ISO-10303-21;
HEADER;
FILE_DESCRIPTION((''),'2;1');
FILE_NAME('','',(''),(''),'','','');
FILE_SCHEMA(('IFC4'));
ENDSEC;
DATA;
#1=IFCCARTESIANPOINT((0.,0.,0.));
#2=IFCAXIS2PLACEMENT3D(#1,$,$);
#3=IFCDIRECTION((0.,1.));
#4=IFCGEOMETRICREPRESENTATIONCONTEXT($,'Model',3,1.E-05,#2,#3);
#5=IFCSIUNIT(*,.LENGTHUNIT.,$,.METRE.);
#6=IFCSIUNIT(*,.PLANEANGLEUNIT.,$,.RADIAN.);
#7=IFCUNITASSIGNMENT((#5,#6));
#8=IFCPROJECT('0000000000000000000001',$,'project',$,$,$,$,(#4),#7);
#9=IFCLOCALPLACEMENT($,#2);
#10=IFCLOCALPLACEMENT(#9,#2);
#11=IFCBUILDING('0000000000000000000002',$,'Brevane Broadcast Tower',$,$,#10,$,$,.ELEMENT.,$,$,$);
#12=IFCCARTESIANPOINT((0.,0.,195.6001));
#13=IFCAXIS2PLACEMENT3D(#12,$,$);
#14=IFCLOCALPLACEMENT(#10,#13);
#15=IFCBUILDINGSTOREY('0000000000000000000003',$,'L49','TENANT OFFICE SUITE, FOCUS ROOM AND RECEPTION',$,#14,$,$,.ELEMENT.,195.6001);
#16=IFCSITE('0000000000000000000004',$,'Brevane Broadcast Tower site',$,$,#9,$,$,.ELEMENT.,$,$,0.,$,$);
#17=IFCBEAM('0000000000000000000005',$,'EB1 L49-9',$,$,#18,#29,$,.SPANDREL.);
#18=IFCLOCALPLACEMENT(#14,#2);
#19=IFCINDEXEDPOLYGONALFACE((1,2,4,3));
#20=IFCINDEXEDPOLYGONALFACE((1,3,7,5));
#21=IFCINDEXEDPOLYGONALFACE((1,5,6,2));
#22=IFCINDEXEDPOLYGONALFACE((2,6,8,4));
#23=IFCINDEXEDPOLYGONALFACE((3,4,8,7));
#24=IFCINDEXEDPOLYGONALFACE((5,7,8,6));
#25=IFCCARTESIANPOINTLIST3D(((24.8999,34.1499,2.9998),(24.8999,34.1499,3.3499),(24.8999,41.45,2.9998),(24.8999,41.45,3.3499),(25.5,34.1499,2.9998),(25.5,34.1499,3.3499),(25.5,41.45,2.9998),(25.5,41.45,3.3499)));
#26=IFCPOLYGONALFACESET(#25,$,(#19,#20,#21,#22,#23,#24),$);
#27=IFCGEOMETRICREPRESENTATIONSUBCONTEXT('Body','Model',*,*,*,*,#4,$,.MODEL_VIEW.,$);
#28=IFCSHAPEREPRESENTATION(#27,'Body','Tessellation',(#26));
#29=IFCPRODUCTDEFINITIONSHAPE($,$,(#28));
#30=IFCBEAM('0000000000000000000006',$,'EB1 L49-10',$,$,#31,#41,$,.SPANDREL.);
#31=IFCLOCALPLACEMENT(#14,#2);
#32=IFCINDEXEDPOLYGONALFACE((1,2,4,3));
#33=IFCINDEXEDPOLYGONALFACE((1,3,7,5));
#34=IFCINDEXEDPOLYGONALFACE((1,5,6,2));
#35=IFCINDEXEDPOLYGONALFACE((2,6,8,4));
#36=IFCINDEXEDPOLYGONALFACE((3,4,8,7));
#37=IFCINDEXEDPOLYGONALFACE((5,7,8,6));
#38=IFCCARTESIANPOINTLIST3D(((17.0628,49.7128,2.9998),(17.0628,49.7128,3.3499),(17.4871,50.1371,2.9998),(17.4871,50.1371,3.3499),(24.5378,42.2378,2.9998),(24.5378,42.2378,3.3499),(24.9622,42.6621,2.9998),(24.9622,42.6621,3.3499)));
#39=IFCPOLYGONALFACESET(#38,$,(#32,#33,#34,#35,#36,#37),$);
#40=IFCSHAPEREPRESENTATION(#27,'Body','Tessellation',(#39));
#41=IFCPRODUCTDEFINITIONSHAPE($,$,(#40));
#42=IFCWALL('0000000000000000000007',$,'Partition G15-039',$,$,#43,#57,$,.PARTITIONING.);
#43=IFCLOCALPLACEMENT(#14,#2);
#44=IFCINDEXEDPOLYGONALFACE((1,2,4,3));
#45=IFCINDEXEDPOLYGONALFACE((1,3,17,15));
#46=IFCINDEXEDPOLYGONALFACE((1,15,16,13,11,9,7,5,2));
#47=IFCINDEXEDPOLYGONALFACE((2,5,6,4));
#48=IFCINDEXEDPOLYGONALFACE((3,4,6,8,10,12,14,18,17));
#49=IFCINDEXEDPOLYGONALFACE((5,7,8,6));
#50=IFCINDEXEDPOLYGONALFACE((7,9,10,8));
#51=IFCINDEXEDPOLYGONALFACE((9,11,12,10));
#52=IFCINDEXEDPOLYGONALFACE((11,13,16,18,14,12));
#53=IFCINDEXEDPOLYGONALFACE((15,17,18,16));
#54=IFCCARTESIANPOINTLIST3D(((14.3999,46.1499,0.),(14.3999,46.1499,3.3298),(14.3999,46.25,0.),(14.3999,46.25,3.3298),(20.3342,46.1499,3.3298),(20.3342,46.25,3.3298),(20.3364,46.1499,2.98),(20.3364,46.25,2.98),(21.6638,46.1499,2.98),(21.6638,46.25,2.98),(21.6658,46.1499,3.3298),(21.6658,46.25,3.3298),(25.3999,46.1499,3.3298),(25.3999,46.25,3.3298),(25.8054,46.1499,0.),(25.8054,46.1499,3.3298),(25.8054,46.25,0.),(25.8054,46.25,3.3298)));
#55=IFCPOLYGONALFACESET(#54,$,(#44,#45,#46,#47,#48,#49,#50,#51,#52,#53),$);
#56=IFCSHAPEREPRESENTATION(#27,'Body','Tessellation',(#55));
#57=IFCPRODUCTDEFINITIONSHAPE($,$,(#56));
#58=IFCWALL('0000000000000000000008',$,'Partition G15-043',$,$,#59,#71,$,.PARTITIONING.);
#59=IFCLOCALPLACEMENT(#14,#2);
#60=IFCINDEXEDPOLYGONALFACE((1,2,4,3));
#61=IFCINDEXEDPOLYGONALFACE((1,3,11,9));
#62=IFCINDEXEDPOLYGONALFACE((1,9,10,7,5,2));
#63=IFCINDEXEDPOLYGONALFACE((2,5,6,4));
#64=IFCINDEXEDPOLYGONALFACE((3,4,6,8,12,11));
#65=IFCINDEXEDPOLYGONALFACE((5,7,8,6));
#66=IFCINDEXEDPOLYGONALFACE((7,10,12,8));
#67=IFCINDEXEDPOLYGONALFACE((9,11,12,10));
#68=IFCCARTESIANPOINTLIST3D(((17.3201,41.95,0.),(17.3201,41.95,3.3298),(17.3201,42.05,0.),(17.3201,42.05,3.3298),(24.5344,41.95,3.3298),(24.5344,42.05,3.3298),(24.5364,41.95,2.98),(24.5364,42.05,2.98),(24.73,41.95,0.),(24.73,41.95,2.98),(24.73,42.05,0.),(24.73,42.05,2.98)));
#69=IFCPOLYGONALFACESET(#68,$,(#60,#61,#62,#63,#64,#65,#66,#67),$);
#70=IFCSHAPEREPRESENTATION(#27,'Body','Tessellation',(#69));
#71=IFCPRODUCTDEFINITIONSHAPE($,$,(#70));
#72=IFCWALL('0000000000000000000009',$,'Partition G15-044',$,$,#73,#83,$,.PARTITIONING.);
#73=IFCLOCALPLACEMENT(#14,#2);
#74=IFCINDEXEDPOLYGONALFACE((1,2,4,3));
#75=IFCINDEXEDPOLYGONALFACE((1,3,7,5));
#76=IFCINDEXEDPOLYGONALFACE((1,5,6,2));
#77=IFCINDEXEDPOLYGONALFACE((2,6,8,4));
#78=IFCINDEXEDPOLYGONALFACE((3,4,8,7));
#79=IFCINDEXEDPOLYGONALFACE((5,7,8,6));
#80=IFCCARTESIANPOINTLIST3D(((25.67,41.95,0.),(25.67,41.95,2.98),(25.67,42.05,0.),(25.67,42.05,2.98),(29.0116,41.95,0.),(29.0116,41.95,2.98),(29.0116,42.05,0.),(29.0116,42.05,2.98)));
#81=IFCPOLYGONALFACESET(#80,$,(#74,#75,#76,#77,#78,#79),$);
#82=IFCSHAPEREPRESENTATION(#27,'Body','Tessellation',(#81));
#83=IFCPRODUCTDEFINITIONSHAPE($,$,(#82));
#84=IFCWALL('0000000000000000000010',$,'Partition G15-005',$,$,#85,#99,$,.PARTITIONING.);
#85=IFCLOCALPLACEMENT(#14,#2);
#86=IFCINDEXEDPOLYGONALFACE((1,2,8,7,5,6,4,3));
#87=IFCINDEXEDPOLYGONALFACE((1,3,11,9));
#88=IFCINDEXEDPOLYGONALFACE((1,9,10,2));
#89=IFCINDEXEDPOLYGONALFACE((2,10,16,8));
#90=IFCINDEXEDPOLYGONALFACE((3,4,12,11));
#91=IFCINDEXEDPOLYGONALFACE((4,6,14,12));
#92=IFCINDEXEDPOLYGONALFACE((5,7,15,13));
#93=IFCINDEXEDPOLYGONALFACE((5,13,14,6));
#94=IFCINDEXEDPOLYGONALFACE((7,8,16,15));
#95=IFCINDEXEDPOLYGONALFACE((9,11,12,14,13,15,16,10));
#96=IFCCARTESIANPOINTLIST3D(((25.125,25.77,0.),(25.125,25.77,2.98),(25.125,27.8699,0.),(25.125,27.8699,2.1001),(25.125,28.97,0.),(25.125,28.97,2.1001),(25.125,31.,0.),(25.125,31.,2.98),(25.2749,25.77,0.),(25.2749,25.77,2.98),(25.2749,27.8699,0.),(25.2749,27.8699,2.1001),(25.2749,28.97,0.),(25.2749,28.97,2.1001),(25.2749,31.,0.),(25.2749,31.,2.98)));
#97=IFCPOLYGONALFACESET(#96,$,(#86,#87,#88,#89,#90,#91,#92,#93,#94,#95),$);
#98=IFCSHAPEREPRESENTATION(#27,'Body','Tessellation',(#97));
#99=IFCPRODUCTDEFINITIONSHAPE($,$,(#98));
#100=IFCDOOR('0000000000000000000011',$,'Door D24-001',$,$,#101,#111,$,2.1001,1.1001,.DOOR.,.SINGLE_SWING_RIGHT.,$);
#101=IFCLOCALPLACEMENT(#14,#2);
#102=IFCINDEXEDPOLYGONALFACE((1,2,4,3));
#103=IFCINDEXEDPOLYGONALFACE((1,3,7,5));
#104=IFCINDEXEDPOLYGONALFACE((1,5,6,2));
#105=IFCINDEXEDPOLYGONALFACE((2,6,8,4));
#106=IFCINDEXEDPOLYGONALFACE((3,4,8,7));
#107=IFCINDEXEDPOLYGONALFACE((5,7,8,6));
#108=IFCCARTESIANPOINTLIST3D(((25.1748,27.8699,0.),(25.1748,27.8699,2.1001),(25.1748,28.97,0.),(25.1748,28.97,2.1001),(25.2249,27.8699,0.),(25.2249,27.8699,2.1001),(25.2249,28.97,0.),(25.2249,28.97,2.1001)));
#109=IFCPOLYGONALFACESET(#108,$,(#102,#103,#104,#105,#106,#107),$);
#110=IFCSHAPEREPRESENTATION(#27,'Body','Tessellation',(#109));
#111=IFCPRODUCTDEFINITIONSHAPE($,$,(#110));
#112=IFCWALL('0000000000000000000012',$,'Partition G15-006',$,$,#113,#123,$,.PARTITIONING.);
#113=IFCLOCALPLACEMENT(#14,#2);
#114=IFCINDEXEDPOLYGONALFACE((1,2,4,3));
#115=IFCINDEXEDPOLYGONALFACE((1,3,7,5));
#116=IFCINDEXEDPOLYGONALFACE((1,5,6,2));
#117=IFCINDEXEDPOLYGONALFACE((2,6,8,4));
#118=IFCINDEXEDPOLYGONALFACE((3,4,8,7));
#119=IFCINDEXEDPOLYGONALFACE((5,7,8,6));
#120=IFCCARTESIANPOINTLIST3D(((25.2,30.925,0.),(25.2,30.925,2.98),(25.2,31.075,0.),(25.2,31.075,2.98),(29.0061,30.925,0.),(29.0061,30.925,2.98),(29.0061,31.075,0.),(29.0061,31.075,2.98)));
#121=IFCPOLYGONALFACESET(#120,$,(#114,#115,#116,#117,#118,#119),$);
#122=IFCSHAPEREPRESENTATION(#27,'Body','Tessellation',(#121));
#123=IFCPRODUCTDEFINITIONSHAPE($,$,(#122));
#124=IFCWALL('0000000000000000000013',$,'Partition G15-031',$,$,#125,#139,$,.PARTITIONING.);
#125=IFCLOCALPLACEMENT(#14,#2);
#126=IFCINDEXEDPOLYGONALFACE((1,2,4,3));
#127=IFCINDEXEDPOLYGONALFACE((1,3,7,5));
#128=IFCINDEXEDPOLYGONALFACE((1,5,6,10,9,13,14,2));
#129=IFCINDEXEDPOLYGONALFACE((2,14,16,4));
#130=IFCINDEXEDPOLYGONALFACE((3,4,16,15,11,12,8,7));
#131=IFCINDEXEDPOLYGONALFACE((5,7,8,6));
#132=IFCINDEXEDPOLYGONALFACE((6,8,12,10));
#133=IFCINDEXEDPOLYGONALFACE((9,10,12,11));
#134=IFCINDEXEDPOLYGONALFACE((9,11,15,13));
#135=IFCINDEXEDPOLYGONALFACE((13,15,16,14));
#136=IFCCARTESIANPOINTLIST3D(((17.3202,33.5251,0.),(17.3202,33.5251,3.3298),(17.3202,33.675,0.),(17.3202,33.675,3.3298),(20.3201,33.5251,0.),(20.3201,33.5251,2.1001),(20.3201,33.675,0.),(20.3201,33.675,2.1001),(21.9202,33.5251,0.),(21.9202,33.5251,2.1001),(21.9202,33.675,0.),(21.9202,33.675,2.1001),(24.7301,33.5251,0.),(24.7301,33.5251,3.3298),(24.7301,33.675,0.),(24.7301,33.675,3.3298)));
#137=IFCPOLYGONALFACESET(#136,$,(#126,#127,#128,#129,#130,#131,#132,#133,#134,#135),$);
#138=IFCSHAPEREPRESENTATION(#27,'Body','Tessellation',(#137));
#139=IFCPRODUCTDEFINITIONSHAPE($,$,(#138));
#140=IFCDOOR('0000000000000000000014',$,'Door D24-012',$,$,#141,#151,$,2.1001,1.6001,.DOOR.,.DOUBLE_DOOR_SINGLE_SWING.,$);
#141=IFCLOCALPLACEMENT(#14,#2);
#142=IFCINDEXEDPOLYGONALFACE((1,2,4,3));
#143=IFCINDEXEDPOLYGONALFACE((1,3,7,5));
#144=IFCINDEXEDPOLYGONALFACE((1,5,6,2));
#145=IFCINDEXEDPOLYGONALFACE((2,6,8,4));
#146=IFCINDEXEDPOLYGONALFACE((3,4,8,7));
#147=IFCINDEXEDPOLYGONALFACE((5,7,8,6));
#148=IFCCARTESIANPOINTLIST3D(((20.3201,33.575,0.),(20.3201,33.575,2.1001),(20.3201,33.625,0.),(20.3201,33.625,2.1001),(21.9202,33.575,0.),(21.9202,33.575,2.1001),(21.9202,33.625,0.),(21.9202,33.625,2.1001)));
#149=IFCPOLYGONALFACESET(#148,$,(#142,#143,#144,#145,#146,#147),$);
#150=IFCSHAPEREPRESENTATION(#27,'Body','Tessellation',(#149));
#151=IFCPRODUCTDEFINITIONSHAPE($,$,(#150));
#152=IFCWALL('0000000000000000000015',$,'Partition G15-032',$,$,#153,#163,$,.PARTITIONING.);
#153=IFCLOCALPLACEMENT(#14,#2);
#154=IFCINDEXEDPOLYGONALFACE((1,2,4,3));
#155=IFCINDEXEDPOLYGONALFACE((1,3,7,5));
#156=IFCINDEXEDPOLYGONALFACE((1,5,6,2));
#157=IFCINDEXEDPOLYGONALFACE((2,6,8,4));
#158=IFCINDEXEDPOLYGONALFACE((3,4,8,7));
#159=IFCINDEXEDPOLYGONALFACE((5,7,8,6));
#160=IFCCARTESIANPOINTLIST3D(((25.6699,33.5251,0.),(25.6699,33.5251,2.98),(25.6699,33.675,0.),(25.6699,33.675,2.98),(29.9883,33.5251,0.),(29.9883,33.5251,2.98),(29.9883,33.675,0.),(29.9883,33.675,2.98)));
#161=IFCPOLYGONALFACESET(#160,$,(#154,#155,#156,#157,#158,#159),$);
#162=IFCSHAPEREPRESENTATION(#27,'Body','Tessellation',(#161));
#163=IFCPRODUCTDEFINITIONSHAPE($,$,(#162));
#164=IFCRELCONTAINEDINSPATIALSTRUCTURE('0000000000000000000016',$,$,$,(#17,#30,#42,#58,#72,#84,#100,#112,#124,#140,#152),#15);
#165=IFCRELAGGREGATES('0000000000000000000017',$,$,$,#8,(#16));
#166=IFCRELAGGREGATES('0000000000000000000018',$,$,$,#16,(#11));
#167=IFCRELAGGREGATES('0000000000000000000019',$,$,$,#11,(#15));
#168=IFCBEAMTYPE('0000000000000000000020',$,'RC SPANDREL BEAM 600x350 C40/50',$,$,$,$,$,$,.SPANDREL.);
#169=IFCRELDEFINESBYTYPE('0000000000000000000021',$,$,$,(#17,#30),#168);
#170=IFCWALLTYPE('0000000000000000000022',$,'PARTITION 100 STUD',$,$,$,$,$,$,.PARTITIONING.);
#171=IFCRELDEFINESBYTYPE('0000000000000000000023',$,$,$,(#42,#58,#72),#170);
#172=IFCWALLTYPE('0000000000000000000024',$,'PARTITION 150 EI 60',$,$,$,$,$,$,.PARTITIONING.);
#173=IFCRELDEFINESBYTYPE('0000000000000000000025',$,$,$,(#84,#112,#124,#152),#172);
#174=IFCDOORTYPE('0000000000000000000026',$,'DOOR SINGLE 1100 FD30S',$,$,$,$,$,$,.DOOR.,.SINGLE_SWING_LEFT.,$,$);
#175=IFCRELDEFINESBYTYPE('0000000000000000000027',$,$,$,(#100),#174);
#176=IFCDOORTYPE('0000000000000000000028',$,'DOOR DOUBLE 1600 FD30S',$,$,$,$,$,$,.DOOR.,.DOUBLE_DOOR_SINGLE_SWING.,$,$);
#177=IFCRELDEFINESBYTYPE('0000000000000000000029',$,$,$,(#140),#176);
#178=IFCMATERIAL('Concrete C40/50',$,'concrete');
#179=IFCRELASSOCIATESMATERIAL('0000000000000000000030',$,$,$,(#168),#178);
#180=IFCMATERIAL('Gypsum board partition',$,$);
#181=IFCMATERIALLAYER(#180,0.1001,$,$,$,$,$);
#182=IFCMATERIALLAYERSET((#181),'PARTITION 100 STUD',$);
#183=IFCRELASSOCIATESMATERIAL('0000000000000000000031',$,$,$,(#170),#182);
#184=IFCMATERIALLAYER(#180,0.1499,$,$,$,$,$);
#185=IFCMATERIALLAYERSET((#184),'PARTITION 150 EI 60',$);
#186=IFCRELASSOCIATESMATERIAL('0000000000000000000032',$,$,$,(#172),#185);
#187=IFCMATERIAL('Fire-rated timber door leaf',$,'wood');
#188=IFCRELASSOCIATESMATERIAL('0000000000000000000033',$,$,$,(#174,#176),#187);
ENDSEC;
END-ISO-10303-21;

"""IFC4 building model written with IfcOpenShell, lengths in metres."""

from ifc_helpers import new_model, si_unit, direction, frame, frame_2d, origin, origin_2d, place, context, subcontext, project, spatial, polyline, rectangle, outline, extrude, material, layer, layer_set, material_profile, profile_set, type_object, element, fill, save


model = new_model("IFC4")

# Units and contexts
model_context = context("Model", 3, precision=1e-05, world=origin(), true_north=direction((0.0, 1.0)))
body_context = subcontext(model_context, "Body", "Model", "MODEL_VIEW")
ifc_project = project(units=[si_unit("LENGTHUNIT", "METRE"), si_unit("PLANEANGLEUNIT", "RADIAN")], contexts=[model_context])

# Site, building, storey
site_placement = place(None, origin())
site = spatial("IfcSite", under=ifc_project, at=site_placement, Name="Brevane Broadcast Tower site", CompositionType="ELEMENT", RefElevation=0.0)
building_placement = place(site_placement, origin())
building = spatial("IfcBuilding", under=site, at=building_placement, Name="Brevane Broadcast Tower", CompositionType="ELEMENT")
storey_placement = place(building_placement, frame((0.0, 0.0, 195.6001)))
storey = spatial("IfcBuildingStorey", under=building, at=storey_placement, Name="L49", Description="TENANT OFFICE SUITE, FOCUS ROOM AND RECEPTION", CompositionType="ELEMENT", Elevation=195.6001)

# Beams
ifc_material_1 = material(Name="Concrete C40/50", Category="concrete")
ifc_material_profile_1 = material_profile(ifc_material_1, rectangle(XDim=0.6001, YDim=0.3501, at=origin_2d()), Name="RC 600x350")
ifc_profile_set_1 = profile_set([ifc_material_profile_1], Name="Concrete C40/50")
beam_type_1 = type_object("IfcBeamType", Name="RC SPANDREL BEAM 600x350 C40/50", PredefinedType="SPANDREL", material=ifc_profile_set_1)
beam_1_placement = place(storey_placement, frame((25.2, 34.1499, 3.1748), z_axis=(0.0, 1.0, 0.0), x_axis=(-1.0, 0.0, 0.0)))
element("IfcBeam", 1, at=beam_1_placement, inside=storey, type_object=beam_type_1, Name="EB1 L49-9", PredefinedType="SPANDREL", context=body_context, shape_type="SweptSolid", body=[
    extrude(rectangle(XDim=0.6001, YDim=0.3501, at=origin_2d()), origin(), (0.0, 0.0, 1.0), 7.3),
])
beam_2_placement = place(storey_placement, frame((24.75, 42.45, 3.1748), z_axis=(-0.707107, 0.707107, 0.0), x_axis=(-0.707107, -0.707107, 0.0)))
element("IfcBeam", 2, at=beam_2_placement, inside=storey, type_object=beam_type_1, Name="EB1 L49-10", PredefinedType="SPANDREL", context=body_context, shape_type="SweptSolid", body=[
    extrude(rectangle(XDim=0.6001, YDim=0.3501, at=origin_2d()), origin(), (0.0, 0.0, 1.0), 10.5713),
])

# Walls
ifc_material_2 = material(Name="Gypsum board partition")
ifc_layer_1 = layer(ifc_material_2, 0.1001)
ifc_layer_set_1 = layer_set([ifc_layer_1], Name="PARTITION 100 STUD")
wall_type_1 = type_object("IfcWallType", Name="PARTITION 100 STUD", PredefinedType="PARTITIONING", material=ifc_layer_set_1)
wall_1_placement = place(storey_placement, frame((25.8054, 46.2, 0.0), z_axis=(0.0, 0.0, 1.0), x_axis=(-1.0, 0.0, 0.0)))
element("IfcWall", 3, at=wall_1_placement, inside=storey, type_object=wall_type_1, Name="Partition G15-039", PredefinedType="PARTITIONING", context=body_context, shape_type="SweptSolid", body=[
    extrude(outline(polyline([(0.0, 0.0), (11.4055, 0.0), (11.4055, 3.3298), (5.4712, 3.3298), (5.469, 2.98), (4.1416, 2.98), (4.1396, 3.3298), (0.4055, 3.3298), (0.0, 3.3298), (0.0, 0.0)])), frame((0.0, 0.05, 0.0), z_axis=(0.0, -1.0, 0.0), x_axis=(1.0, 0.0, 0.0)), (0.0, 0.0, 1.0), 0.1001),
])
wall_2_placement = place(storey_placement, frame((17.3201, 42.0, 0.0), z_axis=(0.0, 0.0, 1.0), x_axis=(1.0, 0.0, 0.0)))
element("IfcWall", 4, at=wall_2_placement, inside=storey, type_object=wall_type_1, Name="Partition G15-043", PredefinedType="PARTITIONING", context=body_context, shape_type="SweptSolid", body=[
    extrude(outline(polyline([(0.0, 0.0), (7.4099, 0.0), (7.4099, 2.98), (7.2163, 2.98), (7.2144, 3.3298), (0.0, 3.3298), (0.0, 0.0)])), frame((0.0, 0.05, 0.0), z_axis=(0.0, -1.0, 0.0), x_axis=(1.0, 0.0, 0.0)), (0.0, 0.0, 1.0), 0.1001),
])
wall_3_placement = place(storey_placement, frame((25.6699, 42.0, 0.0), z_axis=(0.0, 0.0, 1.0), x_axis=(1.0, 0.0, 0.0)))
element("IfcWall", 5, at=wall_3_placement, inside=storey, type_object=wall_type_1, Name="Partition G15-044", PredefinedType="PARTITIONING", context=body_context, shape_type="SweptSolid", body=[
    extrude(rectangle(XDim=3.3416, YDim=0.1001, at=frame_2d((1.6709, 0.0))), origin(), (0.0, 0.0, 1.0), 2.98),
])

# Wall, opening, door
ifc_layer_2 = layer(ifc_material_2, 0.1499)
ifc_layer_set_2 = layer_set([ifc_layer_2], Name="PARTITION 150 EI 60")
wall_type_2 = type_object("IfcWallType", Name="PARTITION 150 EI 60", PredefinedType="PARTITIONING", material=ifc_layer_set_2)
wall_4_placement = place(storey_placement, frame((25.2, 31.0, 0.0), z_axis=(0.0, 0.0, 1.0), x_axis=(0.0, -1.0, 0.0)))
wall_4 = element("IfcWall", 6, at=wall_4_placement, inside=storey, type_object=wall_type_2, Name="Partition G15-005", PredefinedType="PARTITIONING", context=body_context, shape_type="SweptSolid", body=[
    extrude(outline(polyline([(0.0, 0.0), (5.23, 0.0), (5.23, 2.98), (0.0, 2.98), (0.0, 0.0)])), frame((0.0, 0.075, 0.0), z_axis=(0.0, -1.0, 0.0), x_axis=(1.0, 0.0, 0.0)), (0.0, 0.0, 1.0), 0.1499),
])
opening_1_placement = place(wall_4_placement, frame((2.03, 0.0, 0.0)))
opening_1 = element("IfcOpeningElement", 7, at=opening_1_placement, cuts=wall_4, PredefinedType="OPENING", context=body_context, shape_type="SweptSolid", body=[
    extrude(rectangle(XDim=1.1001, YDim=2.1001, at=frame_2d((0.55, 1.05))), frame((0.0, 0.085, 0.0), z_axis=(0.0, -1.0, 0.0), x_axis=(1.0, 0.0, 0.0)), (0.0, 0.0, 1.0), 0.1699),
])
ifc_material_3 = material(Name="Fire-rated timber door leaf", Category="wood")
door_type_1 = type_object("IfcDoorType", Name="DOOR SINGLE 1100 FD30S", OperationType="SINGLE_SWING_LEFT", PredefinedType="DOOR", material=ifc_material_3)
door_1_placement = place(opening_1_placement, origin())
door_1 = element("IfcDoor", 8, at=door_1_placement, inside=storey, type_object=door_type_1, Name="Door D24-001", OperationType="SINGLE_SWING_RIGHT", OverallHeight=2.1001, OverallWidth=1.1001, PredefinedType="DOOR", context=body_context, shape_type="SweptSolid", body=[
    extrude(rectangle(XDim=1.1001, YDim=2.1001, at=frame_2d((0.55, 1.05))), frame((0.0, 0.0249, 0.0), z_axis=(0.0, -1.0, 0.0), x_axis=(1.0, 0.0, 0.0)), (0.0, 0.0, 1.0), 0.05),
])
fill(opening_1, door_1)

# Wall
wall_5_placement = place(storey_placement, frame((25.2, 31.0, 0.0), z_axis=(0.0, 0.0, 1.0), x_axis=(1.0, 0.0, 0.0)))
element("IfcWall", 9, at=wall_5_placement, inside=storey, type_object=wall_type_2, Name="Partition G15-006", PredefinedType="PARTITIONING", context=body_context, shape_type="SweptSolid", body=[
    extrude(rectangle(XDim=3.8062, YDim=0.1499, at=frame_2d((1.9031, 0.0))), origin(), (0.0, 0.0, 1.0), 2.98),
])

# Wall, opening, door
wall_6_placement = place(storey_placement, frame((17.3201, 33.6001, 0.0), z_axis=(0.0, 0.0, 1.0), x_axis=(1.0, 0.0, 0.0)))
wall_6 = element("IfcWall", 10, at=wall_6_placement, inside=storey, type_object=wall_type_2, Name="Partition G15-031", PredefinedType="PARTITIONING", context=body_context, shape_type="SweptSolid", body=[
    extrude(rectangle(XDim=7.4099, YDim=0.1499, at=frame_2d((3.7051, 0.0))), origin(), (0.0, 0.0, 1.0), 3.3298),
])
opening_2_placement = place(wall_6_placement, frame((3.0, 0.0, 0.0)))
opening_2 = element("IfcOpeningElement", 11, at=opening_2_placement, cuts=wall_6, PredefinedType="OPENING", context=body_context, shape_type="SweptSolid", body=[
    extrude(rectangle(XDim=1.6001, YDim=2.1001, at=frame_2d((0.8, 1.05))), frame((0.0, 0.085, 0.0), z_axis=(0.0, -1.0, 0.0), x_axis=(1.0, 0.0, 0.0)), (0.0, 0.0, 1.0), 0.1699),
])
door_type_2 = type_object("IfcDoorType", Name="DOOR DOUBLE 1600 FD30S", OperationType="DOUBLE_DOOR_SINGLE_SWING", PredefinedType="DOOR", material=ifc_material_3)
door_2_placement = place(opening_2_placement, origin())
door_2 = element("IfcDoor", 12, at=door_2_placement, inside=storey, type_object=door_type_2, Name="Door D24-012", OperationType="DOUBLE_DOOR_SINGLE_SWING", OverallHeight=2.1001, OverallWidth=1.6001, PredefinedType="DOOR", context=body_context, shape_type="SweptSolid", body=[
    extrude(rectangle(XDim=1.6001, YDim=2.1001, at=frame_2d((0.8, 1.05))), frame((0.0, 0.0249, 0.0), z_axis=(0.0, -1.0, 0.0), x_axis=(1.0, 0.0, 0.0)), (0.0, 0.0, 1.0), 0.05),
])
fill(opening_2, door_2)

# Wall
wall_7_placement = place(storey_placement, frame((25.6699, 33.6001, 0.0), z_axis=(0.0, 0.0, 1.0), x_axis=(1.0, 0.0, 0.0)))
element("IfcWall", 13, at=wall_7_placement, inside=storey, type_object=wall_type_2, Name="Partition G15-032", PredefinedType="PARTITIONING", context=body_context, shape_type="SweptSolid", body=[
    extrude(rectangle(XDim=4.3184, YDim=0.1499, at=frame_2d((2.1592, 0.0))), origin(), (0.0, 0.0, 1.0), 2.98),
])

save(model, "model.ifc")
